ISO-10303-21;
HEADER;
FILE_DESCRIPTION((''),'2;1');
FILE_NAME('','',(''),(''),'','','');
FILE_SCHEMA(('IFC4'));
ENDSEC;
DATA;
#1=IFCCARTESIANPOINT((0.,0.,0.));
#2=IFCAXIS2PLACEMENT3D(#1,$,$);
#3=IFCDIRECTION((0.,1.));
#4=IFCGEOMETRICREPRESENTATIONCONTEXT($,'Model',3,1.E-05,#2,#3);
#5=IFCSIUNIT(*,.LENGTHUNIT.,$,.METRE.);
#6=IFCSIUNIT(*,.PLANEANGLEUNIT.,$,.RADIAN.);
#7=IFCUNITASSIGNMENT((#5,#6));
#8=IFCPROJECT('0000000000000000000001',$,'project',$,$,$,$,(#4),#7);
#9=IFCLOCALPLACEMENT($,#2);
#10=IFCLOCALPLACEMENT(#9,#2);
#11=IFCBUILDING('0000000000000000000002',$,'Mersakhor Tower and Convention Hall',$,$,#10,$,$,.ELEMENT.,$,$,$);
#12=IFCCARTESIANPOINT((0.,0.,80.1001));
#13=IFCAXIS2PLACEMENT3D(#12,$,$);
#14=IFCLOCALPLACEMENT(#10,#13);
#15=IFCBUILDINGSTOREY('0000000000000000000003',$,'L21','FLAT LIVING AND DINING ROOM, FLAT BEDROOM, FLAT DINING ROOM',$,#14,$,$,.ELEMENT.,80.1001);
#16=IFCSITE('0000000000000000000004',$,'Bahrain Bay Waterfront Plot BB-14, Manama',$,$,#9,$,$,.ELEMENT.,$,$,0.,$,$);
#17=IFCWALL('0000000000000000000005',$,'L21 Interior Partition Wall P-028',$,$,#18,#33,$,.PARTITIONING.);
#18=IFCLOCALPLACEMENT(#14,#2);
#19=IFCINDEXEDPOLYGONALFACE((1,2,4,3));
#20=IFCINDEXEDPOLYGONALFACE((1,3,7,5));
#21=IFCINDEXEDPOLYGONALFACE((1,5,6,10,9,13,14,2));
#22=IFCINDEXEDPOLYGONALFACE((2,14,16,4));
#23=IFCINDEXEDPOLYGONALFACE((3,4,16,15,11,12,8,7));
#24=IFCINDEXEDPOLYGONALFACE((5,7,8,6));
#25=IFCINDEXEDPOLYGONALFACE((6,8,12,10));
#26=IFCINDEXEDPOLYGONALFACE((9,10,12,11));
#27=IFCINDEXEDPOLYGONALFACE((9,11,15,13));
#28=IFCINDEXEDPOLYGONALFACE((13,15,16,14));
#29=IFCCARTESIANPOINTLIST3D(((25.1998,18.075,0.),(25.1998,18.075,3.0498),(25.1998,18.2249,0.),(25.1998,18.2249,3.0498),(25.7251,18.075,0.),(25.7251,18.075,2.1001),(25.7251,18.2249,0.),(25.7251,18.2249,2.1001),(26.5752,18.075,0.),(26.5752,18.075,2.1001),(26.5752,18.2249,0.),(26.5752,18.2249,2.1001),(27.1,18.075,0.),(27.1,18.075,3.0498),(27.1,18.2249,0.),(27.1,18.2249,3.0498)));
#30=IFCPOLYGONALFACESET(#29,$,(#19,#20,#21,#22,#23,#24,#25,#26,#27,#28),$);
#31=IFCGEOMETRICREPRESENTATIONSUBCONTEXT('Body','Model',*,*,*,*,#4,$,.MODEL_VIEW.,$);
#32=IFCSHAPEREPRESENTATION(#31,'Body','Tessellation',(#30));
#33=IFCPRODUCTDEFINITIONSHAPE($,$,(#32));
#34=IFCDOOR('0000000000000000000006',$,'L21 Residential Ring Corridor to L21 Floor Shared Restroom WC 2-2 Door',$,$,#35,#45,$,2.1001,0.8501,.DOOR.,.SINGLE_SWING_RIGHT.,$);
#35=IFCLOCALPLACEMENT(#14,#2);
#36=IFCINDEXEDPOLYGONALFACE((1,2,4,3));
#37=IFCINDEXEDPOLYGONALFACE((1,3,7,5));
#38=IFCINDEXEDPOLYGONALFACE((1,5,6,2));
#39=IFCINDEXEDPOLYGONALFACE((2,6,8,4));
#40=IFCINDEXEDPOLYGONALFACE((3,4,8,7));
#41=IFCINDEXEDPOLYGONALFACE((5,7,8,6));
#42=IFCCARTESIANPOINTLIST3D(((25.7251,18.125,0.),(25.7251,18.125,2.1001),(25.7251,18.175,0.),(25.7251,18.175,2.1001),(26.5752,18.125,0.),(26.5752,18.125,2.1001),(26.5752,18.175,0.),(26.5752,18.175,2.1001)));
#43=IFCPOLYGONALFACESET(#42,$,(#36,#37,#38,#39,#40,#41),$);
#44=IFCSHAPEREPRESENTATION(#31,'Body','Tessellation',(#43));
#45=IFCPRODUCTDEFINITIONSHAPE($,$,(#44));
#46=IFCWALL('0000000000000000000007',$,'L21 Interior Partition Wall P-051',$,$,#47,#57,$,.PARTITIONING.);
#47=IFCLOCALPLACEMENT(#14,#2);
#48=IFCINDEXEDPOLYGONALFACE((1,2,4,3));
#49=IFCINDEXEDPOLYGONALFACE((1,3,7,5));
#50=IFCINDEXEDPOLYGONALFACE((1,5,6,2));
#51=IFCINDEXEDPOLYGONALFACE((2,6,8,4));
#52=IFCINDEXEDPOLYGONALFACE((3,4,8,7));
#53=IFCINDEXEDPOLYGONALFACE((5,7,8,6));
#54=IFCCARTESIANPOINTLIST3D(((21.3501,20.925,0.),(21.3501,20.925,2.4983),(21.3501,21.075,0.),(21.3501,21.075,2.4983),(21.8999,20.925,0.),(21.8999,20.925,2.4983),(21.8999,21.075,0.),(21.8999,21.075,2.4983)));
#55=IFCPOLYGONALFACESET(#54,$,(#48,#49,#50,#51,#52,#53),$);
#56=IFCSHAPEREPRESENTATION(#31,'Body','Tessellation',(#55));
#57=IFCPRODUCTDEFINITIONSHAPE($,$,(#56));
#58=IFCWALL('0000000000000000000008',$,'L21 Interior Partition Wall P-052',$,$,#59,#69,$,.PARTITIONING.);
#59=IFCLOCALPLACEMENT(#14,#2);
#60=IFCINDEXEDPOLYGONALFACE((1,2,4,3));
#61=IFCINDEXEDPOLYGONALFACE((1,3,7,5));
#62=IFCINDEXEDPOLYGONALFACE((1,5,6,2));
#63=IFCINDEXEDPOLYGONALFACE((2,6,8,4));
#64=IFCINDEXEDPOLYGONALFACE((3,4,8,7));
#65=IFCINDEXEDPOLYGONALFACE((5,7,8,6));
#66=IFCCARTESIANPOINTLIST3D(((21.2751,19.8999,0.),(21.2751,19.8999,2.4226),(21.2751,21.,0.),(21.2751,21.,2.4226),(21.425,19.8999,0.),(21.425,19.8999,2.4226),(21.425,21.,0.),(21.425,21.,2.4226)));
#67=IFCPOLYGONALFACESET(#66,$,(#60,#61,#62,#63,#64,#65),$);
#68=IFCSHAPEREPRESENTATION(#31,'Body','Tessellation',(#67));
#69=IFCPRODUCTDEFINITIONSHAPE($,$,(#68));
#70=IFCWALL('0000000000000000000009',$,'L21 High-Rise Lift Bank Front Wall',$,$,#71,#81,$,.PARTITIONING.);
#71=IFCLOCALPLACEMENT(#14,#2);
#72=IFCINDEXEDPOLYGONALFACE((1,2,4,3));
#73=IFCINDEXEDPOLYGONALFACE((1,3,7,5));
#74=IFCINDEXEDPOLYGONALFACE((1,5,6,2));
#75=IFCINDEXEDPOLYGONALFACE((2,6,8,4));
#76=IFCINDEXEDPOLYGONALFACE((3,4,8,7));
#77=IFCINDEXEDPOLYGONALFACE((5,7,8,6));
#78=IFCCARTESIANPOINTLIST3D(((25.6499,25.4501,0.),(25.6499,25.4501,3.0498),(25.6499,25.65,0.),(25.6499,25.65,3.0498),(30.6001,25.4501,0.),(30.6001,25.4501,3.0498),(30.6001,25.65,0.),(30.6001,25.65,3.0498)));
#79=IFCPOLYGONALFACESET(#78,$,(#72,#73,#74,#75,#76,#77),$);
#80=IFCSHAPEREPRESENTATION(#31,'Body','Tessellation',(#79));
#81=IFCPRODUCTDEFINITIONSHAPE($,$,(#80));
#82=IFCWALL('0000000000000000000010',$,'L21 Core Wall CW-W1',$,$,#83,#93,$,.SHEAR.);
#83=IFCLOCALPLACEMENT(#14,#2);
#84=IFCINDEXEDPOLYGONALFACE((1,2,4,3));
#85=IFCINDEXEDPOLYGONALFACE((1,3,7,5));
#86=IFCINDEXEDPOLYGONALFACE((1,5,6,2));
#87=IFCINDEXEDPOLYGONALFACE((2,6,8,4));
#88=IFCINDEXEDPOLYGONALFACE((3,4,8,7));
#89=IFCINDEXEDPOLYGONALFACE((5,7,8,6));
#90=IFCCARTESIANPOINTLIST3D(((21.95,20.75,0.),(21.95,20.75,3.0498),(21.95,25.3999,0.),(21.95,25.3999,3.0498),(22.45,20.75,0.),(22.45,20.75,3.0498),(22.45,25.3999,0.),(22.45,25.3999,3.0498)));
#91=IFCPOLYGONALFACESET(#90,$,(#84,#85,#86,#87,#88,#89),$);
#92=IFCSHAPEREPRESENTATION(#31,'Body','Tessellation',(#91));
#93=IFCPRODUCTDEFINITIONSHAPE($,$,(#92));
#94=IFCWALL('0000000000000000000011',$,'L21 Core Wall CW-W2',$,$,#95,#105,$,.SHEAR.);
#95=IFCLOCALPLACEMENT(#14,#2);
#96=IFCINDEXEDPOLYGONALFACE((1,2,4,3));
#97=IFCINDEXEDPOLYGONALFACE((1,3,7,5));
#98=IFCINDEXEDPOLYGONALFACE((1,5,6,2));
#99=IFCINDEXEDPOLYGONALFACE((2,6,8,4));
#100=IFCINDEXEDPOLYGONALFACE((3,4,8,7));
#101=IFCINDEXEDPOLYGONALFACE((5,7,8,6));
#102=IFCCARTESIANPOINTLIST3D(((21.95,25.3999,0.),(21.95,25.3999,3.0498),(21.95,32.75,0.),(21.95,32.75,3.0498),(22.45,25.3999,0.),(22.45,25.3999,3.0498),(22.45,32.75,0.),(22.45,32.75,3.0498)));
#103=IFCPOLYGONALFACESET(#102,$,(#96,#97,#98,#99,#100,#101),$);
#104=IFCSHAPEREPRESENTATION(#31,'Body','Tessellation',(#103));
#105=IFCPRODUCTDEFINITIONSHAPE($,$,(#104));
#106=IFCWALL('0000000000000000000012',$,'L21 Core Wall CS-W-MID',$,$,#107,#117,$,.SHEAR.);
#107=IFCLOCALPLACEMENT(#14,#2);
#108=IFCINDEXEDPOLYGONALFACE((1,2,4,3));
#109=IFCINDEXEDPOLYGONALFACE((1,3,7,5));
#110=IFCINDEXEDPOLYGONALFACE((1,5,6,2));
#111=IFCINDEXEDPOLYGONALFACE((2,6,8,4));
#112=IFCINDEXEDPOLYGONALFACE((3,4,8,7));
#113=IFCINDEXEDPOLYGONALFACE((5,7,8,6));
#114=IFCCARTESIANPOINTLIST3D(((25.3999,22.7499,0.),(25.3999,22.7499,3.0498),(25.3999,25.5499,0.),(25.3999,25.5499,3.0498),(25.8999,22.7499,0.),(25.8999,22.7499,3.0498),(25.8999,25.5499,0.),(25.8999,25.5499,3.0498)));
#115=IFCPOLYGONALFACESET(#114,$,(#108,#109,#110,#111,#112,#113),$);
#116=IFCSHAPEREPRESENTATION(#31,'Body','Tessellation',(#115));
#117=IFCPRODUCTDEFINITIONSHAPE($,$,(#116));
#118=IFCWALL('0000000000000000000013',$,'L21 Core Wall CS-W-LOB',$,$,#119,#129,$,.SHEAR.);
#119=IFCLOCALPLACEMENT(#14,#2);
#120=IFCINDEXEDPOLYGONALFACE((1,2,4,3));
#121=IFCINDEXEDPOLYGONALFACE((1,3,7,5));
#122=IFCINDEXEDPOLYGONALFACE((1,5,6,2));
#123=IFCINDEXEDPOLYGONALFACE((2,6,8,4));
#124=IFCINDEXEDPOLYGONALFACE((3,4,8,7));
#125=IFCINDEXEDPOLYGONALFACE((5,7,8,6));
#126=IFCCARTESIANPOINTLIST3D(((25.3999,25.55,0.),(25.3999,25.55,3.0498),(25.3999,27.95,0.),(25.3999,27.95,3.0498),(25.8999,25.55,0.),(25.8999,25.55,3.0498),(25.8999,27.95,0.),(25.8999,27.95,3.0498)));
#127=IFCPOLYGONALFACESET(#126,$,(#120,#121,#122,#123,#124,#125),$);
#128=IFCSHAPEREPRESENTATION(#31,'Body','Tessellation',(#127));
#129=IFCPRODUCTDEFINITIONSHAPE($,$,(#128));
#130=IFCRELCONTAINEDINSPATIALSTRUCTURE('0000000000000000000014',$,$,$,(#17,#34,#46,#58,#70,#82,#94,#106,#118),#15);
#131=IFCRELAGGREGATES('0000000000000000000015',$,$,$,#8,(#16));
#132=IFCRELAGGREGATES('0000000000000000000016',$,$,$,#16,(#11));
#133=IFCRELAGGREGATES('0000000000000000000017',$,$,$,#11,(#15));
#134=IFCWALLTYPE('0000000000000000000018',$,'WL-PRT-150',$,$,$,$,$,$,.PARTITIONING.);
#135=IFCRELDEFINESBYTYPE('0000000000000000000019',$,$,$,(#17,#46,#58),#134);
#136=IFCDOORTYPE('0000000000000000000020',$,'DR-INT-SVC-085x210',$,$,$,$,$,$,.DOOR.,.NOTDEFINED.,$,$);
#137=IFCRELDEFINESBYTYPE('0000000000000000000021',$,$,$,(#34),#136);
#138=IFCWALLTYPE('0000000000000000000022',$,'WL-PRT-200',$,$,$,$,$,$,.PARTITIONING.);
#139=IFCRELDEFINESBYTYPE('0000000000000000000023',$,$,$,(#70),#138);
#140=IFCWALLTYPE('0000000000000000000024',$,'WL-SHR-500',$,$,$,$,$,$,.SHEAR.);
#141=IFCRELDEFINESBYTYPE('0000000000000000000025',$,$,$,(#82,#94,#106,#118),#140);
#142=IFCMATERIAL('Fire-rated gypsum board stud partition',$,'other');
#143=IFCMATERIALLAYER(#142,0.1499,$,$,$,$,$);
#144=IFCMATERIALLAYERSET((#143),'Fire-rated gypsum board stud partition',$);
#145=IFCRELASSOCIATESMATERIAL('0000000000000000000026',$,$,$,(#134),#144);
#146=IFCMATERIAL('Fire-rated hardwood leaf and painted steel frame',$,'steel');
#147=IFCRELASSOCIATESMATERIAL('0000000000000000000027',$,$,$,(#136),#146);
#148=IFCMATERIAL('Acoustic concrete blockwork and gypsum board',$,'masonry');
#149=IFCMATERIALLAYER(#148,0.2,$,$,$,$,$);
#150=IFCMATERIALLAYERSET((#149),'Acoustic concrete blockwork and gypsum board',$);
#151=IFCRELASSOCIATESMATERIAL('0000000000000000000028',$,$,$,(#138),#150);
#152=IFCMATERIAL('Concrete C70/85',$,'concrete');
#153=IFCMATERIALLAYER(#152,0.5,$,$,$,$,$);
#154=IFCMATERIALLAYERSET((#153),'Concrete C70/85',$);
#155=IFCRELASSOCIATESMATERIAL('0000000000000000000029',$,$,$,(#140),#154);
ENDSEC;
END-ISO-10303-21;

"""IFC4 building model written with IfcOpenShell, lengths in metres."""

from ifc_helpers import new_model, si_unit, direction, frame, frame_2d, origin, place, context, subcontext, project, spatial, rectangle, extrude, material, layer, layer_set, type_object, element, fill, save


model = new_model("IFC4")

# Units and contexts
model_context = context("Model", 3, precision=1e-05, world=origin(), true_north=direction((0.0, 1.0)))
body_context = subcontext(model_context, "Body", "Model", "MODEL_VIEW")
ifc_project = project(units=[si_unit("LENGTHUNIT", "METRE"), si_unit("PLANEANGLEUNIT", "RADIAN")], contexts=[model_context])

# Site, building, storey
site_placement = place(None, origin())
site = spatial("IfcSite", under=ifc_project, at=site_placement, Name="Bahrain Bay Waterfront Plot BB-14, Manama", CompositionType="ELEMENT", RefElevation=0.0)
building_placement = place(site_placement, origin())
building = spatial("IfcBuilding", under=site, at=building_placement, Name="Mersakhor Tower and Convention Hall", CompositionType="ELEMENT")
storey_placement = place(building_placement, frame((0.0, 0.0, 80.1001)))
storey = spatial("IfcBuildingStorey", under=building, at=storey_placement, Name="L21", Description="FLAT LIVING AND DINING ROOM, FLAT BEDROOM, FLAT DINING ROOM", CompositionType="ELEMENT", Elevation=80.1001)

# Shared definitions
ifc_material_1 = material(Name="Fire-rated gypsum board stud partition", Category="other")
ifc_layer_1 = layer(ifc_material_1, 0.1499)
ifc_layer_set_1 = layer_set([ifc_layer_1], Name="Fire-rated gypsum board stud partition")
wall_type_1 = type_object("IfcWallType", Name="WL-PRT-150", PredefinedType="PARTITIONING", material=ifc_layer_set_1)

# Wall, opening, door
wall_1_placement = place(storey_placement, frame((27.1001, 18.1499, 0.0), z_axis=(0.0, 0.0, 1.0), x_axis=(-1.0, 0.0, 0.0)))
wall_1 = element("IfcWall", 1, at=wall_1_placement, inside=storey, type_object=wall_type_1, Name="L21 Interior Partition Wall P-028", PredefinedType="PARTITIONING", context=body_context, shape_type="SweptSolid", body=[
    extrude(rectangle(XDim=1.9001, YDim=0.1499, at=frame_2d((0.9502, 0.0))), origin(), (0.0, 0.0, 1.0), 3.0498),
])
opening_1_placement = place(wall_1_placement, frame((0.5249, 0.0, 0.0)))
opening_1 = element("IfcOpeningElement", 2, at=opening_1_placement, cuts=wall_1, PredefinedType="OPENING", context=body_context, shape_type="SweptSolid", body=[
    extrude(rectangle(XDim=0.8501, YDim=2.1001, at=frame_2d((0.425, 1.05))), frame((0.0, 0.085, 0.0), z_axis=(0.0, -1.0, 0.0), x_axis=(1.0, 0.0, 0.0)), (0.0, 0.0, 1.0), 0.1699),
])
ifc_material_2 = material(Name="Fire-rated hardwood leaf and painted steel frame", Category="steel")
door_type_1 = type_object("IfcDoorType", Name="DR-INT-SVC-085x210", OperationType="NOTDEFINED", PredefinedType="DOOR", material=ifc_material_2)
door_1_placement = place(opening_1_placement, origin())
door_1 = element("IfcDoor", 3, at=door_1_placement, inside=storey, type_object=door_type_1, Name="L21 Residential Ring Corridor to L21 Floor Shared Restroom WC 2-2 Door", OperationType="SINGLE_SWING_RIGHT", OverallHeight=2.1001, OverallWidth=0.8501, PredefinedType="DOOR", context=body_context, shape_type="SweptSolid", body=[
    extrude(rectangle(XDim=0.8501, YDim=2.1001, at=frame_2d((0.425, 1.05))), frame((0.0, 0.0249, 0.0), z_axis=(0.0, -1.0, 0.0), x_axis=(1.0, 0.0, 0.0)), (0.0, 0.0, 1.0), 0.05),
])
fill(opening_1, door_1)

# Walls
wall_2_placement = place(storey_placement, frame((21.8999, 21.0, 0.0), z_axis=(0.0, 0.0, 1.0), x_axis=(-1.0, 0.0, 0.0)))
element("IfcWall", 4, at=wall_2_placement, inside=storey, type_object=wall_type_1, Name="L21 Interior Partition Wall P-051", PredefinedType="PARTITIONING", context=body_context, shape_type="SweptSolid", body=[
    extrude(rectangle(XDim=0.5498, YDim=0.1499, at=frame_2d((0.2749, 0.0))), origin(), (0.0, 0.0, 1.0), 2.4983),
])
wall_3_placement = place(storey_placement, frame((21.3501, 21.0, 0.0), z_axis=(0.0, 0.0, 1.0), x_axis=(0.0, -1.0, 0.0)))
element("IfcWall", 5, at=wall_3_placement, inside=storey, type_object=wall_type_1, Name="L21 Interior Partition Wall P-052", PredefinedType="PARTITIONING", context=body_context, shape_type="SweptSolid", body=[
    extrude(rectangle(XDim=1.1001, YDim=0.1499, at=frame_2d((0.55, 0.0))), origin(), (0.0, 0.0, 1.0), 2.4226),
])
ifc_material_3 = material(Name="Acoustic concrete blockwork and gypsum board", Category="masonry")
ifc_layer_2 = layer(ifc_material_3, 0.2)
ifc_layer_set_2 = layer_set([ifc_layer_2], Name="Acoustic concrete blockwork and gypsum board")
wall_type_2 = type_object("IfcWallType", Name="WL-PRT-200", PredefinedType="PARTITIONING", material=ifc_layer_set_2)
wall_4_placement = place(storey_placement, frame((25.6499, 25.55, 0.0), z_axis=(0.0, 0.0, 1.0), x_axis=(1.0, 0.0, 0.0)))
element("IfcWall", 6, at=wall_4_placement, inside=storey, type_object=wall_type_2, Name="L21 High-Rise Lift Bank Front Wall", PredefinedType="PARTITIONING", context=body_context, shape_type="SweptSolid", body=[
    extrude(rectangle(XDim=4.9502, YDim=0.2, at=frame_2d((2.4751, 0.0))), origin(), (0.0, 0.0, 1.0), 3.0498),
])

# Walls
ifc_material_4 = material(Name="Concrete C70/85", Category="concrete")
ifc_layer_3 = layer(ifc_material_4, 0.5)
ifc_layer_set_3 = layer_set([ifc_layer_3], Name="Concrete C70/85")
wall_type_3 = type_object("IfcWallType", Name="WL-SHR-500", PredefinedType="SHEAR", material=ifc_layer_set_3)
wall_5_placement = place(storey_placement, frame((22.2, 20.75, 0.0), z_axis=(0.0, 0.0, 1.0), x_axis=(0.0, 1.0, 0.0)))
element("IfcWall", 7, at=wall_5_placement, inside=storey, type_object=wall_type_3, Name="L21 Core Wall CW-W1", PredefinedType="SHEAR", context=body_context, shape_type="SweptSolid", body=[
    extrude(rectangle(XDim=4.6499, YDim=0.5, at=frame_2d((2.325, 0.0))), origin(), (0.0, 0.0, 1.0), 3.0498),
])
wall_6_placement = place(storey_placement, frame((22.2, 25.3999, 0.0), z_axis=(0.0, 0.0, 1.0), x_axis=(0.0, 1.0, 0.0)))
element("IfcWall", 8, at=wall_6_placement, inside=storey, type_object=wall_type_3, Name="L21 Core Wall CW-W2", PredefinedType="SHEAR", context=body_context, shape_type="SweptSolid", body=[
    extrude(rectangle(XDim=7.3501, YDim=0.5, at=frame_2d((3.675, 0.0))), origin(), (0.0, 0.0, 1.0), 3.0498),
])

# Walls
wall_7_placement = place(storey_placement, frame((25.6499, 22.75, 0.0), z_axis=(0.0, 0.0, 1.0), x_axis=(0.0, 1.0, 0.0)))
element("IfcWall", 9, at=wall_7_placement, inside=storey, type_object=wall_type_3, Name="L21 Core Wall CS-W-MID", PredefinedType="SHEAR", context=body_context, shape_type="SweptSolid", body=[
    extrude(rectangle(XDim=2.8, YDim=0.5, at=frame_2d((1.3999, 0.0))), origin(), (0.0, 0.0, 1.0), 3.0498),
])
wall_8_placement = place(storey_placement, frame((25.6499, 25.55, 0.0), z_axis=(0.0, 0.0, 1.0), x_axis=(0.0, 1.0, 0.0)))
element("IfcWall", 10, at=wall_8_placement, inside=storey, type_object=wall_type_3, Name="L21 Core Wall CS-W-LOB", PredefinedType="SHEAR", context=body_context, shape_type="SweptSolid", body=[
    extrude(rectangle(XDim=2.3999, YDim=0.5, at=frame_2d((1.2, 0.0))), origin(), (0.0, 0.0, 1.0), 3.0498),
])

save(model, "model.ifc")
